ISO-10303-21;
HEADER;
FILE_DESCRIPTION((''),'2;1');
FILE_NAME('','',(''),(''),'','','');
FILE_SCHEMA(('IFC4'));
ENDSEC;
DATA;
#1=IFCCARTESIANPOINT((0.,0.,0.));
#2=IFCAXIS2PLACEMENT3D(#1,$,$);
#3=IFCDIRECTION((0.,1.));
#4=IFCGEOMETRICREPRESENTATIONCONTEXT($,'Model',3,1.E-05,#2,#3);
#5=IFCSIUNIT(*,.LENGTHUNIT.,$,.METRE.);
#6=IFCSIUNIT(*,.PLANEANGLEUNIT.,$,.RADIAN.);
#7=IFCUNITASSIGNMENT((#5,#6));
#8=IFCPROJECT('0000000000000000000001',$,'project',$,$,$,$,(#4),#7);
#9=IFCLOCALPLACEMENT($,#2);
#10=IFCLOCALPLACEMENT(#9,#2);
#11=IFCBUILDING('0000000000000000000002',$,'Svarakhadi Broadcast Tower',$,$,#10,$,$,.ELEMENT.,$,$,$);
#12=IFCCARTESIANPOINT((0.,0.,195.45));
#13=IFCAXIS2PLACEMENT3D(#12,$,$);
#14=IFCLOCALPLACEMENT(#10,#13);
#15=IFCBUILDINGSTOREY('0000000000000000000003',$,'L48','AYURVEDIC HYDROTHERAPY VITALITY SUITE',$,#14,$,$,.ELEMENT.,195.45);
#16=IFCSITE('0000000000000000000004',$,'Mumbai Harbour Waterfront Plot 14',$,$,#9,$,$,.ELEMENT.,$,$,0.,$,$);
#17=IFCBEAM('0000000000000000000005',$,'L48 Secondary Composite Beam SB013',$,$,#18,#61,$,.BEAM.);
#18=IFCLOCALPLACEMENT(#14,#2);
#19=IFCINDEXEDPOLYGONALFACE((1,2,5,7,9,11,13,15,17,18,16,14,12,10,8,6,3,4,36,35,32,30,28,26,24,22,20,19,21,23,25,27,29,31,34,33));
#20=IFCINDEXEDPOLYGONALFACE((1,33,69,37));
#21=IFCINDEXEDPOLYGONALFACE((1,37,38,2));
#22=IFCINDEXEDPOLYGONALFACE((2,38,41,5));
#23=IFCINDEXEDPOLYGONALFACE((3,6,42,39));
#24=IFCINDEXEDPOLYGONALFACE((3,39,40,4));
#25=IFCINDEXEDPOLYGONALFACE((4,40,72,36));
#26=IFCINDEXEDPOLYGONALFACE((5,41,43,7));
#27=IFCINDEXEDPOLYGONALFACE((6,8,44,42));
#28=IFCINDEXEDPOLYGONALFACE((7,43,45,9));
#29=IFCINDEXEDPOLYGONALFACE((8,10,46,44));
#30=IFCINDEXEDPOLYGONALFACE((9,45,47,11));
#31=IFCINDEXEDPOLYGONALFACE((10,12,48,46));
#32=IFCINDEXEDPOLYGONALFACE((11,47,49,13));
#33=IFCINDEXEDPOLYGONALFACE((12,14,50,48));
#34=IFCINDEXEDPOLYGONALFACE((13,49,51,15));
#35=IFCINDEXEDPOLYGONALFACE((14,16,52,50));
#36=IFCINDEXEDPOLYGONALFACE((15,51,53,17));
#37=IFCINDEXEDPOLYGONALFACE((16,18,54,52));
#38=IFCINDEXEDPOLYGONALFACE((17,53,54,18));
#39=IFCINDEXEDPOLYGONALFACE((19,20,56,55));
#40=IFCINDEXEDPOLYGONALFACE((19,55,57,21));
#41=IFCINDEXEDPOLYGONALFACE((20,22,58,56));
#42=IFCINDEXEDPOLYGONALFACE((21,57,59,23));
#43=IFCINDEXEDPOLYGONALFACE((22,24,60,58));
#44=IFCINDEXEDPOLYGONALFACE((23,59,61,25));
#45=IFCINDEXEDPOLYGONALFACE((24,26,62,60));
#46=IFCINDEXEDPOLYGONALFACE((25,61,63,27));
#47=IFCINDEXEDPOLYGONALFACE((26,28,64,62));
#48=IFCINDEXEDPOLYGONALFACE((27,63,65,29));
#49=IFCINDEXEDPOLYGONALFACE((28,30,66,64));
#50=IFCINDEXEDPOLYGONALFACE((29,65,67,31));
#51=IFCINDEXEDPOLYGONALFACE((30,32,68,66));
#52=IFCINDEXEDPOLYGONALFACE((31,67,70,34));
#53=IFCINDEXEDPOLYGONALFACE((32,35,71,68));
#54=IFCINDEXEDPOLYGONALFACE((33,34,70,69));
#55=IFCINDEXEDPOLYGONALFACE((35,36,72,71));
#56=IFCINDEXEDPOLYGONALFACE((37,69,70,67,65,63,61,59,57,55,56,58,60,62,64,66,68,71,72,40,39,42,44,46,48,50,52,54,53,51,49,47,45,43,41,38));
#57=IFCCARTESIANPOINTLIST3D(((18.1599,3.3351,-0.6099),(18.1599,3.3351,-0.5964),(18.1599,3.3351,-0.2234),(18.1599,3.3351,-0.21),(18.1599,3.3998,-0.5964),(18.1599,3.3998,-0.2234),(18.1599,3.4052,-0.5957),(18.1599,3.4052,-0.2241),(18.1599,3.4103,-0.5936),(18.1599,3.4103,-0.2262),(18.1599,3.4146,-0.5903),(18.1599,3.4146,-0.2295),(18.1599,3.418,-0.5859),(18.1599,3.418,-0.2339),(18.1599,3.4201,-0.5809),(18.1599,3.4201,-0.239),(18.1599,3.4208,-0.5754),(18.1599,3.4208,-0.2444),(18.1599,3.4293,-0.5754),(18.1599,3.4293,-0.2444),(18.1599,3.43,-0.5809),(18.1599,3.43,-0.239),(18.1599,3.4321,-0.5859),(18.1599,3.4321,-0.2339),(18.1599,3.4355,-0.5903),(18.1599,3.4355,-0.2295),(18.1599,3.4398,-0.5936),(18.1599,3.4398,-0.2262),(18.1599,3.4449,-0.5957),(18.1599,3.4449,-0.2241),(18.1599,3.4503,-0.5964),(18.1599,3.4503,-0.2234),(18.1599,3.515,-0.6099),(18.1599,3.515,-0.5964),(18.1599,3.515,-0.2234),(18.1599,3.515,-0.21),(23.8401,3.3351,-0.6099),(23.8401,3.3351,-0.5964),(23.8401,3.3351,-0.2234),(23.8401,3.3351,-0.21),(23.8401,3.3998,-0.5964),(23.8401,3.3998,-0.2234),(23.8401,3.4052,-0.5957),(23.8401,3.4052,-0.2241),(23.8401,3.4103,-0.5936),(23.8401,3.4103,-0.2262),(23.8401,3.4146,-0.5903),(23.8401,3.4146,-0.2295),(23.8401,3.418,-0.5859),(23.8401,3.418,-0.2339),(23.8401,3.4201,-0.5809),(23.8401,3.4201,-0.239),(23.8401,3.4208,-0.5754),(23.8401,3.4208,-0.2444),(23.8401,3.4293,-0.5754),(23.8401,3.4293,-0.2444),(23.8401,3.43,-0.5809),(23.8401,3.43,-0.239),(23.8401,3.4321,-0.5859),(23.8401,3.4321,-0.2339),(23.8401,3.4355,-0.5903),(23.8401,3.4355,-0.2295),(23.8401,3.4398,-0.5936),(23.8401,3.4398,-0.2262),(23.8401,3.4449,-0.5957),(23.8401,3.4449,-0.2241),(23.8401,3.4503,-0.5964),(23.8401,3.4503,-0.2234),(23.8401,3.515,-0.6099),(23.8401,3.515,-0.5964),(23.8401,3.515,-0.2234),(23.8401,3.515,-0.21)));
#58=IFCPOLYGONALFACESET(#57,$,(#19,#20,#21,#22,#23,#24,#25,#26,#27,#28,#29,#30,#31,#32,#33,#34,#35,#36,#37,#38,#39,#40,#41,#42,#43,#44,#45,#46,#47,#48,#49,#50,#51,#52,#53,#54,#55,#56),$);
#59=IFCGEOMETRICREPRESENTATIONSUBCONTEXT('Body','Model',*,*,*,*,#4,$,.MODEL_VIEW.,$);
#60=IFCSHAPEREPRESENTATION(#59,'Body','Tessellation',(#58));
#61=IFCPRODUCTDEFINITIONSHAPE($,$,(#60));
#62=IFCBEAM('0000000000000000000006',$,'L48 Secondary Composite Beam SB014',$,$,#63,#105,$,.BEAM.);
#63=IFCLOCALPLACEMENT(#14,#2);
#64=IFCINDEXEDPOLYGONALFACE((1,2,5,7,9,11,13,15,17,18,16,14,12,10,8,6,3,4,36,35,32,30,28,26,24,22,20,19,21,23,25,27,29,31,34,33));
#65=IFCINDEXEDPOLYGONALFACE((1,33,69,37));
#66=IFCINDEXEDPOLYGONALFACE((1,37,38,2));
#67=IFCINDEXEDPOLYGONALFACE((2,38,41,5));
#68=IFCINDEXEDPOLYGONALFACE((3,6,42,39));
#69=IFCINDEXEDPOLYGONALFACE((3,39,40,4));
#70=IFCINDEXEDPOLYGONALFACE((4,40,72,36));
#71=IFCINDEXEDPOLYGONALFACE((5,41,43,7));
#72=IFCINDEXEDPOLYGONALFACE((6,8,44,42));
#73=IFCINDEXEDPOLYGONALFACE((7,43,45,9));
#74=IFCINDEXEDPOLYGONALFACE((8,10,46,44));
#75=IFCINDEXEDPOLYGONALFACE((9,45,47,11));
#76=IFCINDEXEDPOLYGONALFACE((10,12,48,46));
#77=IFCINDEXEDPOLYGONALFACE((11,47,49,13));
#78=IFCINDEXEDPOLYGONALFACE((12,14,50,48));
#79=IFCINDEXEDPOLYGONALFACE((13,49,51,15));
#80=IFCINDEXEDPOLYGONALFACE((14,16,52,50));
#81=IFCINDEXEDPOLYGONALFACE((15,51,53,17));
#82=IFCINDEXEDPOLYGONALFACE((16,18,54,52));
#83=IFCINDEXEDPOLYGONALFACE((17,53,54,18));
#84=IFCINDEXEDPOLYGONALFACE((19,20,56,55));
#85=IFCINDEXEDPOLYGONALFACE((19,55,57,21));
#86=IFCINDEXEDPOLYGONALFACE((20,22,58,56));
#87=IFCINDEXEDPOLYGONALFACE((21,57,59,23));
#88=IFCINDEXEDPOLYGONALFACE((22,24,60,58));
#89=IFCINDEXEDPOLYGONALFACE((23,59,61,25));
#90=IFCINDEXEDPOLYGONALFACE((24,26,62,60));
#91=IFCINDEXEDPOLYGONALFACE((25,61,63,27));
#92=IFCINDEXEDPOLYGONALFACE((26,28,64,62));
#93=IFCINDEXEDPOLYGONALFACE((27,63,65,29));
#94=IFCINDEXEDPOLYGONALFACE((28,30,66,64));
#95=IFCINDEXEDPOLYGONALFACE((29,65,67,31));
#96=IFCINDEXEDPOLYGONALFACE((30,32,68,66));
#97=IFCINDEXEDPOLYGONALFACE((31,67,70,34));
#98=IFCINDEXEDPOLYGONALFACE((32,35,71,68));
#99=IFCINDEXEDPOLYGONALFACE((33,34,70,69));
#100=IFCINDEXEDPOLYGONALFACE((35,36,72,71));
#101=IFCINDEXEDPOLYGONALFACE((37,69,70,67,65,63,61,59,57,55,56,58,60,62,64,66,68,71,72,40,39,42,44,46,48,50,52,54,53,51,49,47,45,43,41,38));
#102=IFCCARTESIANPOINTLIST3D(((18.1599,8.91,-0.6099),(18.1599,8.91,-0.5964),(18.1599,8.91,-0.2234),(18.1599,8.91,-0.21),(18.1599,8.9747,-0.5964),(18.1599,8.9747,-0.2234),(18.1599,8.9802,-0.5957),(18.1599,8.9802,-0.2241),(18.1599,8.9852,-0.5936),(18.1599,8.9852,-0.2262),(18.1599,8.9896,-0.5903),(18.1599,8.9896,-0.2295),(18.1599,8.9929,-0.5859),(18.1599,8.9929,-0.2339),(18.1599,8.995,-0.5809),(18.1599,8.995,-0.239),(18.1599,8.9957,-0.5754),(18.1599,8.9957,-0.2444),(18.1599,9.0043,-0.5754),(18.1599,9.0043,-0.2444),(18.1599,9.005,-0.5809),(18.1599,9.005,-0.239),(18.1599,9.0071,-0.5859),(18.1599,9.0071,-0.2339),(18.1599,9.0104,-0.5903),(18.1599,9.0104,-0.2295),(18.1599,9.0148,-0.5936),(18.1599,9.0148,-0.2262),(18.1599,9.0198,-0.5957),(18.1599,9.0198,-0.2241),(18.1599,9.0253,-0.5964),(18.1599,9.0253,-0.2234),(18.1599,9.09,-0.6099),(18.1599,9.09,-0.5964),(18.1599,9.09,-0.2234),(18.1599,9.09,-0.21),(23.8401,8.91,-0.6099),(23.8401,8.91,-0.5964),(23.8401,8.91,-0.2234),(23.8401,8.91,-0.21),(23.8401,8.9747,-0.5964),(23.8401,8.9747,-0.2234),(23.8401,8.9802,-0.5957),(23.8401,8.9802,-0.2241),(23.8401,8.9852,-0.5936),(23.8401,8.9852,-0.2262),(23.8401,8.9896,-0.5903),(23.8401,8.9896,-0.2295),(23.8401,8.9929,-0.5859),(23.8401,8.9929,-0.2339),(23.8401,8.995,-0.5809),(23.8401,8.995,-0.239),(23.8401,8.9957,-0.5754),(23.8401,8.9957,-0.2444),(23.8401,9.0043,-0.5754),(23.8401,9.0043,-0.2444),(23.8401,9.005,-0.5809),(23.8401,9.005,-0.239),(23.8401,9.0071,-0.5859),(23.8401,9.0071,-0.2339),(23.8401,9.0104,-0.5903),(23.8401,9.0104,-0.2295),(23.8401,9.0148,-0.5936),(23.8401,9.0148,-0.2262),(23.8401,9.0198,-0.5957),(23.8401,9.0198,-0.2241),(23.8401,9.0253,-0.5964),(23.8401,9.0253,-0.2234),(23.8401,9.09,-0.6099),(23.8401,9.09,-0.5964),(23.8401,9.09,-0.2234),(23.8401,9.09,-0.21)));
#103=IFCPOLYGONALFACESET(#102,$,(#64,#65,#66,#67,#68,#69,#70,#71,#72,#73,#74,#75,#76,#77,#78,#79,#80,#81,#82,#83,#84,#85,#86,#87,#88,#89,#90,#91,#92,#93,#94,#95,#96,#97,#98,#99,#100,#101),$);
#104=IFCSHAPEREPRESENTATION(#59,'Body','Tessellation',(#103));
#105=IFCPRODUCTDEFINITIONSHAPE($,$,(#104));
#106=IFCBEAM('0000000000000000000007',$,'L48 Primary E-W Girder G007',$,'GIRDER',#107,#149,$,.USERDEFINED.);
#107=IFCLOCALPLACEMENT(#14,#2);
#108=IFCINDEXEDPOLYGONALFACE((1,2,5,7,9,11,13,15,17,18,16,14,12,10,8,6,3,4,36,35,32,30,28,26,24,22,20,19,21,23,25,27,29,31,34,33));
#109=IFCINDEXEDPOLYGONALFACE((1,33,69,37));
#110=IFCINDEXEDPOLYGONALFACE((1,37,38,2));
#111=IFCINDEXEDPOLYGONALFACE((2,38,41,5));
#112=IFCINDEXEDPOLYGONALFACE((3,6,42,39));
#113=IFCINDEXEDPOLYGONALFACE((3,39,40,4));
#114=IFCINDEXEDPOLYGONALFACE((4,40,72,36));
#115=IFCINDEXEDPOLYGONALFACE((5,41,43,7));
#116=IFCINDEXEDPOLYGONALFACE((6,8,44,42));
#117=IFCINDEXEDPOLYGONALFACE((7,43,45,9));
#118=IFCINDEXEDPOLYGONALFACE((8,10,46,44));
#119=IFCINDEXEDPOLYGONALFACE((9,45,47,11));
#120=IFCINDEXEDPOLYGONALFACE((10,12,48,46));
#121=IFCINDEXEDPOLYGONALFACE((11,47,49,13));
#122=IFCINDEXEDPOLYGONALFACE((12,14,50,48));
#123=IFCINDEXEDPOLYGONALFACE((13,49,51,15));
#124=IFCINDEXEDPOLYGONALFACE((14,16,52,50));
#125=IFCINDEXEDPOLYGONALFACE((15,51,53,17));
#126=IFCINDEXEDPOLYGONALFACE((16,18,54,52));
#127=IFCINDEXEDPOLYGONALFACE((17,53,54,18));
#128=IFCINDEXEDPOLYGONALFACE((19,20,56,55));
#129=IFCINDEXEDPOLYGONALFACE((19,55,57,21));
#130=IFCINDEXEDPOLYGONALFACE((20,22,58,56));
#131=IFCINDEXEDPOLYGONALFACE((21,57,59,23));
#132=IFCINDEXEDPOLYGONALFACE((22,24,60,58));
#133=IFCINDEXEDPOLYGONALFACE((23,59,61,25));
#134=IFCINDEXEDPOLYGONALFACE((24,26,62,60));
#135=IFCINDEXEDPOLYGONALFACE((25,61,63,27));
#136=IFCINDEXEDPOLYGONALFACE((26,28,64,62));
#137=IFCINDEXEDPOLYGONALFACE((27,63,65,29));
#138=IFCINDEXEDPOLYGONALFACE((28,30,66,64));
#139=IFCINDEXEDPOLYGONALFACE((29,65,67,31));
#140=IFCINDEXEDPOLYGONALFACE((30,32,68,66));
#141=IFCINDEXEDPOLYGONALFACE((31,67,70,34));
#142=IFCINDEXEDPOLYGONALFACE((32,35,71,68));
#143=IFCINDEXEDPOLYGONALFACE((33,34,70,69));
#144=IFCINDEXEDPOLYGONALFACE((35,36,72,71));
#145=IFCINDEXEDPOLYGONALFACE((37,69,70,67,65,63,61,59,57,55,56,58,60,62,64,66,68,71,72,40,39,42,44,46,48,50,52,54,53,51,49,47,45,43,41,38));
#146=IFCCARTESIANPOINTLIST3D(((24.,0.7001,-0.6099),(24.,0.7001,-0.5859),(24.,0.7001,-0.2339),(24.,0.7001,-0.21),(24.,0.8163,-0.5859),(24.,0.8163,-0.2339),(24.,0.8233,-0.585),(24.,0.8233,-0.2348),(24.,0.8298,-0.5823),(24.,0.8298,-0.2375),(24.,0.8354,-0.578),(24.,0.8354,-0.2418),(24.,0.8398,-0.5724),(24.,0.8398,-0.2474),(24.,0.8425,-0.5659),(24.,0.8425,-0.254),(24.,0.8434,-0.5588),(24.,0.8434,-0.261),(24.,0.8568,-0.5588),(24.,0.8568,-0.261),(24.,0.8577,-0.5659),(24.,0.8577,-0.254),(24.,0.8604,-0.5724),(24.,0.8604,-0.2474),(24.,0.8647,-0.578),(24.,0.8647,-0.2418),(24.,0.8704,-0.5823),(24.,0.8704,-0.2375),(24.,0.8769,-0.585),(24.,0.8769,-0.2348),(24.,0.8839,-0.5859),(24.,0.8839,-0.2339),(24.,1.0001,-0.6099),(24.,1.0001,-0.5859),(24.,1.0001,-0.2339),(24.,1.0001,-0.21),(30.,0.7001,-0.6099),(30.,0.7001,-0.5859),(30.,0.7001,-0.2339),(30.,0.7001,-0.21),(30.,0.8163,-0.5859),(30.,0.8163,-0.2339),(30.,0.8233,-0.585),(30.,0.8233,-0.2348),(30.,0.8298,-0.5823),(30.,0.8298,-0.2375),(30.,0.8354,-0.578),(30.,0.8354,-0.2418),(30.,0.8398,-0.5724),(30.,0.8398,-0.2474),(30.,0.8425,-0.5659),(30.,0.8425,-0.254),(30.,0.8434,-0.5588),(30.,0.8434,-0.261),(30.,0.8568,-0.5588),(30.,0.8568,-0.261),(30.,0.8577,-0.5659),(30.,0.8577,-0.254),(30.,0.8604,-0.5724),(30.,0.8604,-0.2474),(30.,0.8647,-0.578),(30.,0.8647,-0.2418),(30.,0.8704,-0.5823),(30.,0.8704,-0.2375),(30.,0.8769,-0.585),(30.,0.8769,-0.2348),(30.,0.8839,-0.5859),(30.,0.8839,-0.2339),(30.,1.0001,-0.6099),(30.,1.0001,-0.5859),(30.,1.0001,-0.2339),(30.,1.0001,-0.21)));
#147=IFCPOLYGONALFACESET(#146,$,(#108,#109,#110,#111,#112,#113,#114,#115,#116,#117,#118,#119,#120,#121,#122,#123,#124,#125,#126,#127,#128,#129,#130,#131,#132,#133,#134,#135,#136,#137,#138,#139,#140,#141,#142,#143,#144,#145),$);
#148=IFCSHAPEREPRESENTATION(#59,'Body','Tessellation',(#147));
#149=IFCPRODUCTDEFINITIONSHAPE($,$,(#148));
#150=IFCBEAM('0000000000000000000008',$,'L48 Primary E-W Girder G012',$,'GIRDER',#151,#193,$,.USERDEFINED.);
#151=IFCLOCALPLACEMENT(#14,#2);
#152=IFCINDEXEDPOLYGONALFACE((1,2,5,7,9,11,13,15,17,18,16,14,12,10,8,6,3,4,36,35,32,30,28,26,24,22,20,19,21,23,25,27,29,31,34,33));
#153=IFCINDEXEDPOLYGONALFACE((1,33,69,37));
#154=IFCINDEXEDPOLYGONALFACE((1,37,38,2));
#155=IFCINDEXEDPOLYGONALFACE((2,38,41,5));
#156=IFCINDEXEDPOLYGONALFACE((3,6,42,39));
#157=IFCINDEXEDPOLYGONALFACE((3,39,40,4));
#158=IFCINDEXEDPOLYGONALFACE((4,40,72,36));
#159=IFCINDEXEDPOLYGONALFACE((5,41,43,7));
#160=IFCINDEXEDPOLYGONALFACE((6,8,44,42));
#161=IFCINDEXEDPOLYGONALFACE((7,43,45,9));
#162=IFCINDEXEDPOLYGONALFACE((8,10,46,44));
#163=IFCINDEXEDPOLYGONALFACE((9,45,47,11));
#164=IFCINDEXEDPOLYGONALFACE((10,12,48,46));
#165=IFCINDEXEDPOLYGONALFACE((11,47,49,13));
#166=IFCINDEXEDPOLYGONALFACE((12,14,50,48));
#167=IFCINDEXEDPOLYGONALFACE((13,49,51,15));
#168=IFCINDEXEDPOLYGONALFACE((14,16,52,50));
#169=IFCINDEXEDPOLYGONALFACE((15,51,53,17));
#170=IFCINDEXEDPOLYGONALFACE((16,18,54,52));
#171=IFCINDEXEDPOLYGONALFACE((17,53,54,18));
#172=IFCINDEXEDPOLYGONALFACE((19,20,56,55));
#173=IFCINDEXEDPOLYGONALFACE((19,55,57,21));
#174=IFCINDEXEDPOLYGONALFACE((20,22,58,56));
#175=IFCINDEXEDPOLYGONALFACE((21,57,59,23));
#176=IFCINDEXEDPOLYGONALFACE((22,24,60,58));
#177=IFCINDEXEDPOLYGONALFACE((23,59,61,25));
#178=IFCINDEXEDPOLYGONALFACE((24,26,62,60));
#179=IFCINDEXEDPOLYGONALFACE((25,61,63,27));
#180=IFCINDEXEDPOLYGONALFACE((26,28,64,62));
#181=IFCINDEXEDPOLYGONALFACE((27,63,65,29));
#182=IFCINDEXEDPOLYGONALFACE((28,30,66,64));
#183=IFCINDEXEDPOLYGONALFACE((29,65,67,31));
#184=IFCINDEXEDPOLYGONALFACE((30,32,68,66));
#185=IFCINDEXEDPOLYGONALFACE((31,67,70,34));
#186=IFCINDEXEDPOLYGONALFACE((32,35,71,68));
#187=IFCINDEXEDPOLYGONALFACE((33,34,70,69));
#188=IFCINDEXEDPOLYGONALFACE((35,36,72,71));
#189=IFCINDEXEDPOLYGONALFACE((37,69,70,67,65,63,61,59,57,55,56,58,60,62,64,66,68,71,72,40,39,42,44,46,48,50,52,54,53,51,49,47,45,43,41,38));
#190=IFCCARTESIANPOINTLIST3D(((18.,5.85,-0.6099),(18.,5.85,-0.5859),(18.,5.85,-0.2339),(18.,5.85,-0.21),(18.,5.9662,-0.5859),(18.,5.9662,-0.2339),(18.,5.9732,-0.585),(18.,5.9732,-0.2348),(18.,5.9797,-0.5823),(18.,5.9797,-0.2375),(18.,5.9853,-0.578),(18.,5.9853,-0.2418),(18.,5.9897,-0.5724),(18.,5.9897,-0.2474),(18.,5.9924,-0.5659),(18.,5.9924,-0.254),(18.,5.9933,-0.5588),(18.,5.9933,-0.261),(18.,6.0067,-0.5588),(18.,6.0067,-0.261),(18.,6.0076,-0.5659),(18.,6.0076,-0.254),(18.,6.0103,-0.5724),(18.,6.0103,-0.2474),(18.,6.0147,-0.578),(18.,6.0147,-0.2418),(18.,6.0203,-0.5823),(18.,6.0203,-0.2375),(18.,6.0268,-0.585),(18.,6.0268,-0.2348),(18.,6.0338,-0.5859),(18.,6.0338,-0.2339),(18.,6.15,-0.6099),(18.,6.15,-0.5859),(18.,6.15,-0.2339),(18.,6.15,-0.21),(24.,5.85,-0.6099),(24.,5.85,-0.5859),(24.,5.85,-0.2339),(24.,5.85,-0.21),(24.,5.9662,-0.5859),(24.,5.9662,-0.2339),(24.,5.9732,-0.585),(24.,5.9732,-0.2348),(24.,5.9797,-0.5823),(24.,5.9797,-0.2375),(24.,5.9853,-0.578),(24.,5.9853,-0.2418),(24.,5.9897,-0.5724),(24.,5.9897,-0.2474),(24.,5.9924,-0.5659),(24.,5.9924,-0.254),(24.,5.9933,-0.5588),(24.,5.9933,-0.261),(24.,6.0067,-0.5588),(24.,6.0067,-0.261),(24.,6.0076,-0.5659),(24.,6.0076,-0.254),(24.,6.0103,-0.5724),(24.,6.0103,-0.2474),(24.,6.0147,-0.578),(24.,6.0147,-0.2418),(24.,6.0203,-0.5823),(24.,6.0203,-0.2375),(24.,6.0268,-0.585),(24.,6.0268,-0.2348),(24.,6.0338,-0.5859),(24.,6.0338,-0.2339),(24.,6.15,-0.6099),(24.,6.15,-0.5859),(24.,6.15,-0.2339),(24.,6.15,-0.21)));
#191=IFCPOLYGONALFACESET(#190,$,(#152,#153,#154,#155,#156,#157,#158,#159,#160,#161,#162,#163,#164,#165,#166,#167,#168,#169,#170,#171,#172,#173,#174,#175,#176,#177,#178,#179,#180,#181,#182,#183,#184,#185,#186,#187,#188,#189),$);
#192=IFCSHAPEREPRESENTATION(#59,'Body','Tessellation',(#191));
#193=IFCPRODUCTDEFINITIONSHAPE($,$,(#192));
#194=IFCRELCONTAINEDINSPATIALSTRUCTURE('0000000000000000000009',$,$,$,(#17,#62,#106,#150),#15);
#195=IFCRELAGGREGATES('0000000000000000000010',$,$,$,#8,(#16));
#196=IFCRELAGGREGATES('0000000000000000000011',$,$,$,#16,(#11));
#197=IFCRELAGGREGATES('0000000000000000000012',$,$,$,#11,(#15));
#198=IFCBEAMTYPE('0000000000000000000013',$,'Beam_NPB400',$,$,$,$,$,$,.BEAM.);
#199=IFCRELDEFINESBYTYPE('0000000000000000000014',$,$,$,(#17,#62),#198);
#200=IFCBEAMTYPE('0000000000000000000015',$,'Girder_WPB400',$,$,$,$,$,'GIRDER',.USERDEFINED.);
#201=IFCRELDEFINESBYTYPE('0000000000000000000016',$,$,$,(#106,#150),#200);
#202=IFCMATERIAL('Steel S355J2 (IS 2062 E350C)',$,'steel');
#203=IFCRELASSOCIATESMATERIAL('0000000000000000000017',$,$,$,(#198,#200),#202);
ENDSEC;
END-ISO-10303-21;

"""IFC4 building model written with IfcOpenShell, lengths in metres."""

from ifc_helpers import new_model, si_unit, direction, frame, origin, origin_2d, place, context, subcontext, project, spatial, i_section, extrude, material, material_profile, profile_set, type_object, element, save


model = new_model("IFC4")

# Units and contexts
model_context = context("Model", 3, precision=1e-05, world=origin(), true_north=direction((0.0, 1.0)))
body_context = subcontext(model_context, "Body", "Model", "MODEL_VIEW")
ifc_project = project(units=[si_unit("LENGTHUNIT", "METRE"), si_unit("PLANEANGLEUNIT", "RADIAN")], contexts=[model_context])

# Site, building, storey
site_placement = place(None, origin())
site = spatial("IfcSite", under=ifc_project, at=site_placement, Name="Mumbai Harbour Waterfront Plot 14", CompositionType="ELEMENT", RefElevation=0.0)
building_placement = place(site_placement, origin())
building = spatial("IfcBuilding", under=site, at=building_placement, Name="Svarakhadi Broadcast Tower", CompositionType="ELEMENT")
storey_placement = place(building_placement, frame((0.0, 0.0, 195.45)))
storey = spatial("IfcBuildingStorey", under=building, at=storey_placement, Name="L48", Description="AYURVEDIC HYDROTHERAPY VITALITY SUITE", CompositionType="ELEMENT", Elevation=195.45)

# Beams
ifc_material_1 = material(Name="Steel S355J2 (IS 2062 E350C)", Category="steel")
ifc_material_profile_1 = material_profile(ifc_material_1, i_section(OverallWidth=0.1799, OverallDepth=0.3999, WebThickness=0.0085, FlangeThickness=0.0134, FilletRadius=0.021, at=origin_2d()), Name="NPB 400x180x66")
ifc_profile_set_1 = profile_set([ifc_material_profile_1], Name="Steel S355J2 (IS 2062 E350C)")
beam_type_1 = type_object("IfcBeamType", Name="Beam_NPB400", PredefinedType="BEAM", material=ifc_profile_set_1)
for number, where, z_axis, x_axis, name in (
    (1, (18.1599, 3.425, -0.4099), (1.0, 0.0, 0.0), (0.0, 1.0, 0.0), "L48 Secondary Composite Beam SB013"),
    (2, (18.1599, 9.0, -0.4099), (1.0, 0.0, 0.0), (0.0, 1.0, 0.0), "L48 Secondary Composite Beam SB014"),
):
    element("IfcBeam", number, at=place(storey_placement, frame(where, z_axis=z_axis, x_axis=x_axis)), inside=storey, type_object=beam_type_1, Name=name, PredefinedType="BEAM", context=body_context, shape_type="SweptSolid", body=[
        extrude(i_section(OverallWidth=0.1799, OverallDepth=0.3999, WebThickness=0.0085, FlangeThickness=0.0134, FilletRadius=0.021, at=origin_2d()), origin(), (0.0, 0.0, 1.0), 5.6802),
    ])
ifc_material_profile_2 = material_profile(ifc_material_1, i_section(OverallWidth=0.3, OverallDepth=0.3999, WebThickness=0.0134, FlangeThickness=0.0239, FilletRadius=0.0271, at=origin_2d()), Name="WPB 400x300x155")
ifc_profile_set_2 = profile_set([ifc_material_profile_2], Name="Steel S355J2 (IS 2062 E350C)")
beam_type_2 = type_object("IfcBeamType", Name="Girder_WPB400", ElementType="GIRDER", PredefinedType="USERDEFINED", material=ifc_profile_set_2)
for number, where, z_axis, x_axis, name in (
    (3, (24.0, 0.8501, -0.4099), (1.0, 0.0, 0.0), (0.0, 1.0, 0.0), "L48 Primary E-W Girder G007"),
    (4, (18.0, 6.0, -0.4099), (1.0, 0.0, 0.0), (0.0, 1.0, 0.0), "L48 Primary E-W Girder G012"),
):
    element("IfcBeam", number, at=place(storey_placement, frame(where, z_axis=z_axis, x_axis=x_axis)), inside=storey, type_object=beam_type_2, Name=name, ObjectType="GIRDER", PredefinedType="USERDEFINED", context=body_context, shape_type="SweptSolid", body=[
        extrude(i_section(OverallWidth=0.3, OverallDepth=0.3999, WebThickness=0.0134, FlangeThickness=0.0239, FilletRadius=0.0271, at=origin_2d()), origin(), (0.0, 0.0, 1.0), 6.0),
    ])

save(model, "model.ifc")
